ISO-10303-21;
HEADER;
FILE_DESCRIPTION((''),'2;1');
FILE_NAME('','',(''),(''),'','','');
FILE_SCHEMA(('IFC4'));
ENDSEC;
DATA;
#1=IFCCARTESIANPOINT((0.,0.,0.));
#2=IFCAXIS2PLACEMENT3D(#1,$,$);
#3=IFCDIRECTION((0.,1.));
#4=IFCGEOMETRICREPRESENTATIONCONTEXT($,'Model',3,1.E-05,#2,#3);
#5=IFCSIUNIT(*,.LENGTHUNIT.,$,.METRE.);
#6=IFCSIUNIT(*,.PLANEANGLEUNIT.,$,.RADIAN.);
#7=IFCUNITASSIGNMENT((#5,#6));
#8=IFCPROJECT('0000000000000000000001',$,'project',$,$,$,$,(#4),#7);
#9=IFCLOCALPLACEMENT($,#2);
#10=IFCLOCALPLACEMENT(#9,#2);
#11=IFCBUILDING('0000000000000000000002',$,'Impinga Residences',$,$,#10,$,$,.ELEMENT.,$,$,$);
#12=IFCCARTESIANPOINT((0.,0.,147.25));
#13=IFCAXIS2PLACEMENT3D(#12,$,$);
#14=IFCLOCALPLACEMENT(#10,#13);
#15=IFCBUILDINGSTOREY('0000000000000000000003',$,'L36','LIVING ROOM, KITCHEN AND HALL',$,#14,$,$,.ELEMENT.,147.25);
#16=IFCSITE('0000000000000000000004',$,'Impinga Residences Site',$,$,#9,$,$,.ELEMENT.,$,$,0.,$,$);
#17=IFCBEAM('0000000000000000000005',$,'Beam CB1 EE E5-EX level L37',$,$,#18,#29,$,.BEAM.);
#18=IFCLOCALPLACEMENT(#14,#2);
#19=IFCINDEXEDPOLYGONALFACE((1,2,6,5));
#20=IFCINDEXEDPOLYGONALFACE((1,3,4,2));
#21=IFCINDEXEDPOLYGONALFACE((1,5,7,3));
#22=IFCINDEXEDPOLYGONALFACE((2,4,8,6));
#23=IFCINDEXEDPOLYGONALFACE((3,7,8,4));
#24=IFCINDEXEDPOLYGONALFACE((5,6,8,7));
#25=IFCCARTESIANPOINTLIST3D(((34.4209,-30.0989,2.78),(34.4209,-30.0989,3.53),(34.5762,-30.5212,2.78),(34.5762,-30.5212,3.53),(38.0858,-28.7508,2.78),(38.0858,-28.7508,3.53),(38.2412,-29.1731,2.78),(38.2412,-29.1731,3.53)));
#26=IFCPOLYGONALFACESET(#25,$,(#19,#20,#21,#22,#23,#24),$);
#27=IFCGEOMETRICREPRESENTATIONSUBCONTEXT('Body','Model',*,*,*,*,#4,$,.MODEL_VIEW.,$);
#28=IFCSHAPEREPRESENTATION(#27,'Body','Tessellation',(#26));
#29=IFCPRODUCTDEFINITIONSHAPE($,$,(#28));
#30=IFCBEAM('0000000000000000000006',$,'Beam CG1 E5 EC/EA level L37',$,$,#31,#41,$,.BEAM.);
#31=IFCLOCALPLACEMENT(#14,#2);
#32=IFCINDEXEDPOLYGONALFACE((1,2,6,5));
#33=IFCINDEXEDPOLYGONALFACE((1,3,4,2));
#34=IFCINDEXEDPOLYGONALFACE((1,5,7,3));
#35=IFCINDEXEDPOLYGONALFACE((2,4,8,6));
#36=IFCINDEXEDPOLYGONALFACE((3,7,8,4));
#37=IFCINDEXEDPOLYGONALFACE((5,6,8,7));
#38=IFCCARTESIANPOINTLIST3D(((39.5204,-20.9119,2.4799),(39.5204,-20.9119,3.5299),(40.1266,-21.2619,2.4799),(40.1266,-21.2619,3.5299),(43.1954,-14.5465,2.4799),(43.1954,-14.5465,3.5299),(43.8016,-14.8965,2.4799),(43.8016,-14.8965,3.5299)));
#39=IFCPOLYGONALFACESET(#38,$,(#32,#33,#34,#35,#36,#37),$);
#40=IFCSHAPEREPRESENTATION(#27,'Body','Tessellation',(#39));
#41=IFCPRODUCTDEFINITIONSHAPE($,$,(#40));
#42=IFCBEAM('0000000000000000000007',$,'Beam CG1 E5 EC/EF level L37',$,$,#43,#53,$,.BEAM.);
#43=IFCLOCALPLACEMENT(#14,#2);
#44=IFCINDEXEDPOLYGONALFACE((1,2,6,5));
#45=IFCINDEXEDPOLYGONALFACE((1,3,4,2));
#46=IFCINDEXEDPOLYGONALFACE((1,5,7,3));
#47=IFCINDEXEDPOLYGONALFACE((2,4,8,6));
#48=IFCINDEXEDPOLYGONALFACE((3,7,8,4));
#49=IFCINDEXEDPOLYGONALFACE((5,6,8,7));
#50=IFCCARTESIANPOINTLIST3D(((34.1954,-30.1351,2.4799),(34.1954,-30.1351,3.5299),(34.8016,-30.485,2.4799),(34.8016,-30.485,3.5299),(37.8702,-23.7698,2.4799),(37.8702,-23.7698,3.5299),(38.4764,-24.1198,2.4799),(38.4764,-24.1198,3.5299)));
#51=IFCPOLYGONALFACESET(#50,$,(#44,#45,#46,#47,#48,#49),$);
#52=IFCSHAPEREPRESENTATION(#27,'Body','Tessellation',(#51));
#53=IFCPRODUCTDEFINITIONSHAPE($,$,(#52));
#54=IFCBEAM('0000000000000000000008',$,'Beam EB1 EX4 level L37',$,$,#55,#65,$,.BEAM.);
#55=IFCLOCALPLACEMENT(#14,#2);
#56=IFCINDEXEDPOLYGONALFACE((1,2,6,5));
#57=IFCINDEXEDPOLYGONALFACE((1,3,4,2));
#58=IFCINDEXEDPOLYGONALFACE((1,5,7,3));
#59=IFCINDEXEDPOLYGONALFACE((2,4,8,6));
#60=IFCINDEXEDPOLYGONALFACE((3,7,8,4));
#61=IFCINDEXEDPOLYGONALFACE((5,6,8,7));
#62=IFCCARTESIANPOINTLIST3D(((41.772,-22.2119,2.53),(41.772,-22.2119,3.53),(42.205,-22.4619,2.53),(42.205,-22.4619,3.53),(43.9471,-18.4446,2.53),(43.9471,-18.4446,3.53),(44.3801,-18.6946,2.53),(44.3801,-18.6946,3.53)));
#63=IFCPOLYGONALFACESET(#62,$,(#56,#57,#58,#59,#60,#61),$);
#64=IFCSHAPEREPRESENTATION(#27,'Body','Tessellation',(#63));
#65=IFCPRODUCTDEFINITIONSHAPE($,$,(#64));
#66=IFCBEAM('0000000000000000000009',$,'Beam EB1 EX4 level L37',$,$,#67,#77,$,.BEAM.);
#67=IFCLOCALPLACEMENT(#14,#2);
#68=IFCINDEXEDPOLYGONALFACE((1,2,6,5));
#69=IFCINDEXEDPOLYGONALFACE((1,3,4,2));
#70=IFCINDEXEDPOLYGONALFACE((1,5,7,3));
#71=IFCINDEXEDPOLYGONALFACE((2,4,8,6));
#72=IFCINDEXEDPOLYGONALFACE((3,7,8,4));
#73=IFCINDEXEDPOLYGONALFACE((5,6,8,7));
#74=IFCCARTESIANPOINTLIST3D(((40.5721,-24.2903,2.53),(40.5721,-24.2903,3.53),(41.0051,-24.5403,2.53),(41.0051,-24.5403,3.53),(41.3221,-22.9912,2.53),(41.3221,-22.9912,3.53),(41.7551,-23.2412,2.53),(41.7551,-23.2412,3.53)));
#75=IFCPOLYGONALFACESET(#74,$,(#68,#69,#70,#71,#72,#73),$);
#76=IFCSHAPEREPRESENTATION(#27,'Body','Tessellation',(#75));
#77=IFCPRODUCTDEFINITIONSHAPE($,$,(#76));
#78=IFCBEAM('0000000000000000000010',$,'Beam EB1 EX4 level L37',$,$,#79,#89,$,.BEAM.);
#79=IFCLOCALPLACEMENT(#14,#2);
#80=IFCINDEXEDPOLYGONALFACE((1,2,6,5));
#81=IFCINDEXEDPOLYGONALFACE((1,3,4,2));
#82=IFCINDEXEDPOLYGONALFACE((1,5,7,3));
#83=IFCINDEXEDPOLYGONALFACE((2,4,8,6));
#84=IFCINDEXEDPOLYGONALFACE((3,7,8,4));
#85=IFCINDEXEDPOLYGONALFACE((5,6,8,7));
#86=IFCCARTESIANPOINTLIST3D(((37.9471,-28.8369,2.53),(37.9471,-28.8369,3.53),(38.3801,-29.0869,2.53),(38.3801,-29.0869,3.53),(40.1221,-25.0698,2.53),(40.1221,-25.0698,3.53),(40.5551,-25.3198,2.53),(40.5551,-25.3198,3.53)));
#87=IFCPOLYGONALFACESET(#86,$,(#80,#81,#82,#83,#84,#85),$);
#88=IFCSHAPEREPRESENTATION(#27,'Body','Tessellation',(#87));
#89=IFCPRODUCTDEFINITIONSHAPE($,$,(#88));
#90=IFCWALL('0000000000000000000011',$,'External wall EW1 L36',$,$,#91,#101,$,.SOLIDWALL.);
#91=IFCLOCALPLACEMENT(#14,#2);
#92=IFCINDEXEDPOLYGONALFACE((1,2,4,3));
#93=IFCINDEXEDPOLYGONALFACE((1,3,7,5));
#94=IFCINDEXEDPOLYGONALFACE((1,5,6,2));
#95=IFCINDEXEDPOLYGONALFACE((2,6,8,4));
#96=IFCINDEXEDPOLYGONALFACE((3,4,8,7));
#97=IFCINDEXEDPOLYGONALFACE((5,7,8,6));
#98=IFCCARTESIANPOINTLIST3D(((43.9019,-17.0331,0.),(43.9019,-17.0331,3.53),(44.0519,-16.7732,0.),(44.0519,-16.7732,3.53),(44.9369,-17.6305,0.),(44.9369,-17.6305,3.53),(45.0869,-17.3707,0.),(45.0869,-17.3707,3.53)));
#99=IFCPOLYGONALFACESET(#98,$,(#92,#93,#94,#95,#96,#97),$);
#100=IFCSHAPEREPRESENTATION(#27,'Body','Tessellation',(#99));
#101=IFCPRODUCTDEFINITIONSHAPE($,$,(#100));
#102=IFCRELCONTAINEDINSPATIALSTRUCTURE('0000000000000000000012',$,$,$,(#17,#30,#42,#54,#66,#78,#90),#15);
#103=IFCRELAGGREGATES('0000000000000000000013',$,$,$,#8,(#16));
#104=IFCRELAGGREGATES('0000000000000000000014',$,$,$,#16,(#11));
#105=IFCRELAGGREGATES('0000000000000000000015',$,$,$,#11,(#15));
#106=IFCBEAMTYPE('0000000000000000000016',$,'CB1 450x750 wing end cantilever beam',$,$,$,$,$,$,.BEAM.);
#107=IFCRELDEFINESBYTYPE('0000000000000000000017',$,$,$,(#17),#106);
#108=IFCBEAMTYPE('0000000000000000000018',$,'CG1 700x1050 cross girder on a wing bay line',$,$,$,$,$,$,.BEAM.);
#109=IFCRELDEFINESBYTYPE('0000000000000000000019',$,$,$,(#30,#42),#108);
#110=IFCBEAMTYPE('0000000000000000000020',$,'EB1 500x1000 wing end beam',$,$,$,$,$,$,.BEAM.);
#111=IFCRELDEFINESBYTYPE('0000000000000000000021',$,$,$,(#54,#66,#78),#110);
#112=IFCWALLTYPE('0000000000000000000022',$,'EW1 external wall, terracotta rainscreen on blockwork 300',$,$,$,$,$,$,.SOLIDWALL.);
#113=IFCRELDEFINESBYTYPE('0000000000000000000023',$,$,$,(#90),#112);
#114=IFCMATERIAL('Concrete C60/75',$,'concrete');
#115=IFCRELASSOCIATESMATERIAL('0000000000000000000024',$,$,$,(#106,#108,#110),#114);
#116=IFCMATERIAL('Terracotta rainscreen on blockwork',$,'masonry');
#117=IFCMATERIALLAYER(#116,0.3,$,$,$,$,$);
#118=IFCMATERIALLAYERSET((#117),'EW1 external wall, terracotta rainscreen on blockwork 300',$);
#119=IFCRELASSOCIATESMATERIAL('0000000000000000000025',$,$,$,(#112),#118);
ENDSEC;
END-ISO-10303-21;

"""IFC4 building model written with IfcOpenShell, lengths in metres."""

from ifc_helpers import new_model, si_unit, direction, frame, frame_2d, origin, origin_2d, place, context, subcontext, project, spatial, rectangle, extrude, material, layer, layer_set, material_profile, profile_set, type_object, element, save


model = new_model("IFC4")

# Units and contexts
model_context = context("Model", 3, precision=1e-05, world=origin(), true_north=direction((0.0, 1.0)))
body_context = subcontext(model_context, "Body", "Model", "MODEL_VIEW")
ifc_project = project(units=[si_unit("LENGTHUNIT", "METRE"), si_unit("PLANEANGLEUNIT", "RADIAN")], contexts=[model_context])

# Site, building, storey
site_placement = place(None, origin())
site = spatial("IfcSite", under=ifc_project, at=site_placement, Name="Impinga Residences Site", CompositionType="ELEMENT", RefElevation=0.0)
building_placement = place(site_placement, origin())
building = spatial("IfcBuilding", under=site, at=building_placement, Name="Impinga Residences", CompositionType="ELEMENT")
storey_placement = place(building_placement, frame((0.0, 0.0, 147.25)))
storey = spatial("IfcBuildingStorey", under=building, at=storey_placement, Name="L36", Description="LIVING ROOM, KITCHEN AND HALL", CompositionType="ELEMENT", Elevation=147.25)

# Beams
ifc_material_1 = material(Name="Concrete C60/75", Category="concrete")
ifc_material_profile_1 = material_profile(ifc_material_1, rectangle(XDim=0.45, YDim=0.75, at=origin_2d()), Name="RC 450x750")
ifc_profile_set_1 = profile_set([ifc_material_profile_1], Name="Concrete C60/75")
beam_type_1 = type_object("IfcBeamType", Name="CB1 450x750 wing end cantilever beam", PredefinedType="BEAM", material=ifc_profile_set_1)
beam_1_placement = place(storey_placement, frame((34.4985, -30.3101, 3.155), z_axis=(0.93852, 0.345224, 0.0), x_axis=(-0.345224, 0.93852, 0.0)))
element("IfcBeam", 1, at=beam_1_placement, inside=storey, type_object=beam_type_1, Name="Beam CB1 EE E5-EX level L37", PredefinedType="BEAM", context=body_context, shape_type="SweptSolid", body=[
    extrude(rectangle(XDim=0.45, YDim=0.75, at=origin_2d()), origin(), (0.0, 0.0, 1.0), 3.905),
])
ifc_material_profile_2 = material_profile(ifc_material_1, rectangle(XDim=0.7, YDim=1.05, at=origin_2d()), Name="RC 700x1050")
ifc_profile_set_2 = profile_set([ifc_material_profile_2], Name="Concrete C60/75")
beam_type_2 = type_object("IfcBeamType", Name="CG1 700x1050 cross girder on a wing bay line", PredefinedType="BEAM", material=ifc_profile_set_2)
beam_2_placement = place(storey_placement, frame((39.8235, -21.0869, 3.0049), z_axis=(0.499994, 0.866029, 0.0), x_axis=(-0.866029, 0.499994, 0.0)))
element("IfcBeam", 2, at=beam_2_placement, inside=storey, type_object=beam_type_2, Name="Beam CG1 E5 EC/EA level L37", PredefinedType="BEAM", context=body_context, shape_type="SweptSolid", body=[
    extrude(rectangle(XDim=0.7, YDim=1.05, at=origin_2d()), origin(), (0.0, 0.0, 1.0), 7.3501),
])
beam_3_placement = place(storey_placement, frame((38.1733, -23.9448, 3.0049), z_axis=(-0.499983, -0.866035, 0.0), x_axis=(0.866035, -0.499983, 0.0)))
element("IfcBeam", 3, at=beam_3_placement, inside=storey, type_object=beam_type_2, Name="Beam CG1 E5 EC/EF level L37", PredefinedType="BEAM", context=body_context, shape_type="SweptSolid", body=[
    extrude(rectangle(XDim=0.7, YDim=1.05, at=origin_2d()), origin(), (0.0, 0.0, 1.0), 7.3499),
])
ifc_material_profile_3 = material_profile(ifc_material_1, rectangle(XDim=0.5, YDim=1.0, at=origin_2d()), Name="RC 500x1000")
ifc_profile_set_3 = profile_set([ifc_material_profile_3], Name="Concrete C60/75")
beam_type_3 = type_object("IfcBeamType", Name="EB1 500x1000 wing end beam", PredefinedType="BEAM", material=ifc_profile_set_3)
beam_4_placement = place(storey_placement, frame((44.1636, -18.5696, 3.03), z_axis=(-0.499996, -0.866028, 0.0), x_axis=(0.866028, -0.499996, 0.0)))
element("IfcBeam", 4, at=beam_4_placement, inside=storey, type_object=beam_type_3, Name="Beam EB1 EX4 level L37", PredefinedType="BEAM", context=body_context, shape_type="SweptSolid", body=[
    extrude(rectangle(XDim=0.5, YDim=1.0, at=origin_2d()), origin(), (0.0, 0.0, 1.0), 4.3501),
])
beam_5_placement = place(storey_placement, frame((41.5386, -23.1162, 3.03), z_axis=(-0.49999, -0.866031, 0.0), x_axis=(0.866031, -0.49999, 0.0)))
element("IfcBeam", 5, at=beam_5_placement, inside=storey, type_object=beam_type_3, Name="Beam EB1 EX4 level L37", PredefinedType="BEAM", context=body_context, shape_type="SweptSolid", body=[
    extrude(rectangle(XDim=0.5, YDim=1.0, at=origin_2d()), origin(), (0.0, 0.0, 1.0), 1.5),
])
beam_6_placement = place(storey_placement, frame((40.3386, -25.1948, 3.03), z_axis=(-0.50002, -0.866014, 0.0), x_axis=(0.866014, -0.50002, 0.0)))
element("IfcBeam", 6, at=beam_6_placement, inside=storey, type_object=beam_type_3, Name="Beam EB1 EX4 level L37", PredefinedType="BEAM", context=body_context, shape_type="SweptSolid", body=[
    extrude(rectangle(XDim=0.5, YDim=1.0, at=origin_2d()), origin(), (0.0, 0.0, 1.0), 4.3499),
])

# Wall
ifc_material_2 = material(Name="Terracotta rainscreen on blockwork", Category="masonry")
ifc_layer_1 = layer(ifc_material_2, 0.3)
ifc_layer_set_1 = layer_set([ifc_layer_1], Name="EW1 external wall, terracotta rainscreen on blockwork 300")
wall_type = type_object("IfcWallType", Name="EW1 external wall, terracotta rainscreen on blockwork 300", PredefinedType="SOLIDWALL", material=ifc_layer_set_1)
wall_1_placement = place(storey_placement, frame((43.9768, -16.9031, 0.0), z_axis=(0.0, 0.0, 1.0), x_axis=(0.86606, -0.499941, 0.0)))
element("IfcWall", 7, at=wall_1_placement, inside=storey, type_object=wall_type, Name="External wall EW1 L36", PredefinedType="SOLIDWALL", context=body_context, shape_type="SweptSolid", body=[
    extrude(rectangle(XDim=1.1951, YDim=0.3, at=frame_2d((0.5977, 0.0))), origin(), (0.0, 0.0, 1.0), 3.53),
])

save(model, "model.ifc")
